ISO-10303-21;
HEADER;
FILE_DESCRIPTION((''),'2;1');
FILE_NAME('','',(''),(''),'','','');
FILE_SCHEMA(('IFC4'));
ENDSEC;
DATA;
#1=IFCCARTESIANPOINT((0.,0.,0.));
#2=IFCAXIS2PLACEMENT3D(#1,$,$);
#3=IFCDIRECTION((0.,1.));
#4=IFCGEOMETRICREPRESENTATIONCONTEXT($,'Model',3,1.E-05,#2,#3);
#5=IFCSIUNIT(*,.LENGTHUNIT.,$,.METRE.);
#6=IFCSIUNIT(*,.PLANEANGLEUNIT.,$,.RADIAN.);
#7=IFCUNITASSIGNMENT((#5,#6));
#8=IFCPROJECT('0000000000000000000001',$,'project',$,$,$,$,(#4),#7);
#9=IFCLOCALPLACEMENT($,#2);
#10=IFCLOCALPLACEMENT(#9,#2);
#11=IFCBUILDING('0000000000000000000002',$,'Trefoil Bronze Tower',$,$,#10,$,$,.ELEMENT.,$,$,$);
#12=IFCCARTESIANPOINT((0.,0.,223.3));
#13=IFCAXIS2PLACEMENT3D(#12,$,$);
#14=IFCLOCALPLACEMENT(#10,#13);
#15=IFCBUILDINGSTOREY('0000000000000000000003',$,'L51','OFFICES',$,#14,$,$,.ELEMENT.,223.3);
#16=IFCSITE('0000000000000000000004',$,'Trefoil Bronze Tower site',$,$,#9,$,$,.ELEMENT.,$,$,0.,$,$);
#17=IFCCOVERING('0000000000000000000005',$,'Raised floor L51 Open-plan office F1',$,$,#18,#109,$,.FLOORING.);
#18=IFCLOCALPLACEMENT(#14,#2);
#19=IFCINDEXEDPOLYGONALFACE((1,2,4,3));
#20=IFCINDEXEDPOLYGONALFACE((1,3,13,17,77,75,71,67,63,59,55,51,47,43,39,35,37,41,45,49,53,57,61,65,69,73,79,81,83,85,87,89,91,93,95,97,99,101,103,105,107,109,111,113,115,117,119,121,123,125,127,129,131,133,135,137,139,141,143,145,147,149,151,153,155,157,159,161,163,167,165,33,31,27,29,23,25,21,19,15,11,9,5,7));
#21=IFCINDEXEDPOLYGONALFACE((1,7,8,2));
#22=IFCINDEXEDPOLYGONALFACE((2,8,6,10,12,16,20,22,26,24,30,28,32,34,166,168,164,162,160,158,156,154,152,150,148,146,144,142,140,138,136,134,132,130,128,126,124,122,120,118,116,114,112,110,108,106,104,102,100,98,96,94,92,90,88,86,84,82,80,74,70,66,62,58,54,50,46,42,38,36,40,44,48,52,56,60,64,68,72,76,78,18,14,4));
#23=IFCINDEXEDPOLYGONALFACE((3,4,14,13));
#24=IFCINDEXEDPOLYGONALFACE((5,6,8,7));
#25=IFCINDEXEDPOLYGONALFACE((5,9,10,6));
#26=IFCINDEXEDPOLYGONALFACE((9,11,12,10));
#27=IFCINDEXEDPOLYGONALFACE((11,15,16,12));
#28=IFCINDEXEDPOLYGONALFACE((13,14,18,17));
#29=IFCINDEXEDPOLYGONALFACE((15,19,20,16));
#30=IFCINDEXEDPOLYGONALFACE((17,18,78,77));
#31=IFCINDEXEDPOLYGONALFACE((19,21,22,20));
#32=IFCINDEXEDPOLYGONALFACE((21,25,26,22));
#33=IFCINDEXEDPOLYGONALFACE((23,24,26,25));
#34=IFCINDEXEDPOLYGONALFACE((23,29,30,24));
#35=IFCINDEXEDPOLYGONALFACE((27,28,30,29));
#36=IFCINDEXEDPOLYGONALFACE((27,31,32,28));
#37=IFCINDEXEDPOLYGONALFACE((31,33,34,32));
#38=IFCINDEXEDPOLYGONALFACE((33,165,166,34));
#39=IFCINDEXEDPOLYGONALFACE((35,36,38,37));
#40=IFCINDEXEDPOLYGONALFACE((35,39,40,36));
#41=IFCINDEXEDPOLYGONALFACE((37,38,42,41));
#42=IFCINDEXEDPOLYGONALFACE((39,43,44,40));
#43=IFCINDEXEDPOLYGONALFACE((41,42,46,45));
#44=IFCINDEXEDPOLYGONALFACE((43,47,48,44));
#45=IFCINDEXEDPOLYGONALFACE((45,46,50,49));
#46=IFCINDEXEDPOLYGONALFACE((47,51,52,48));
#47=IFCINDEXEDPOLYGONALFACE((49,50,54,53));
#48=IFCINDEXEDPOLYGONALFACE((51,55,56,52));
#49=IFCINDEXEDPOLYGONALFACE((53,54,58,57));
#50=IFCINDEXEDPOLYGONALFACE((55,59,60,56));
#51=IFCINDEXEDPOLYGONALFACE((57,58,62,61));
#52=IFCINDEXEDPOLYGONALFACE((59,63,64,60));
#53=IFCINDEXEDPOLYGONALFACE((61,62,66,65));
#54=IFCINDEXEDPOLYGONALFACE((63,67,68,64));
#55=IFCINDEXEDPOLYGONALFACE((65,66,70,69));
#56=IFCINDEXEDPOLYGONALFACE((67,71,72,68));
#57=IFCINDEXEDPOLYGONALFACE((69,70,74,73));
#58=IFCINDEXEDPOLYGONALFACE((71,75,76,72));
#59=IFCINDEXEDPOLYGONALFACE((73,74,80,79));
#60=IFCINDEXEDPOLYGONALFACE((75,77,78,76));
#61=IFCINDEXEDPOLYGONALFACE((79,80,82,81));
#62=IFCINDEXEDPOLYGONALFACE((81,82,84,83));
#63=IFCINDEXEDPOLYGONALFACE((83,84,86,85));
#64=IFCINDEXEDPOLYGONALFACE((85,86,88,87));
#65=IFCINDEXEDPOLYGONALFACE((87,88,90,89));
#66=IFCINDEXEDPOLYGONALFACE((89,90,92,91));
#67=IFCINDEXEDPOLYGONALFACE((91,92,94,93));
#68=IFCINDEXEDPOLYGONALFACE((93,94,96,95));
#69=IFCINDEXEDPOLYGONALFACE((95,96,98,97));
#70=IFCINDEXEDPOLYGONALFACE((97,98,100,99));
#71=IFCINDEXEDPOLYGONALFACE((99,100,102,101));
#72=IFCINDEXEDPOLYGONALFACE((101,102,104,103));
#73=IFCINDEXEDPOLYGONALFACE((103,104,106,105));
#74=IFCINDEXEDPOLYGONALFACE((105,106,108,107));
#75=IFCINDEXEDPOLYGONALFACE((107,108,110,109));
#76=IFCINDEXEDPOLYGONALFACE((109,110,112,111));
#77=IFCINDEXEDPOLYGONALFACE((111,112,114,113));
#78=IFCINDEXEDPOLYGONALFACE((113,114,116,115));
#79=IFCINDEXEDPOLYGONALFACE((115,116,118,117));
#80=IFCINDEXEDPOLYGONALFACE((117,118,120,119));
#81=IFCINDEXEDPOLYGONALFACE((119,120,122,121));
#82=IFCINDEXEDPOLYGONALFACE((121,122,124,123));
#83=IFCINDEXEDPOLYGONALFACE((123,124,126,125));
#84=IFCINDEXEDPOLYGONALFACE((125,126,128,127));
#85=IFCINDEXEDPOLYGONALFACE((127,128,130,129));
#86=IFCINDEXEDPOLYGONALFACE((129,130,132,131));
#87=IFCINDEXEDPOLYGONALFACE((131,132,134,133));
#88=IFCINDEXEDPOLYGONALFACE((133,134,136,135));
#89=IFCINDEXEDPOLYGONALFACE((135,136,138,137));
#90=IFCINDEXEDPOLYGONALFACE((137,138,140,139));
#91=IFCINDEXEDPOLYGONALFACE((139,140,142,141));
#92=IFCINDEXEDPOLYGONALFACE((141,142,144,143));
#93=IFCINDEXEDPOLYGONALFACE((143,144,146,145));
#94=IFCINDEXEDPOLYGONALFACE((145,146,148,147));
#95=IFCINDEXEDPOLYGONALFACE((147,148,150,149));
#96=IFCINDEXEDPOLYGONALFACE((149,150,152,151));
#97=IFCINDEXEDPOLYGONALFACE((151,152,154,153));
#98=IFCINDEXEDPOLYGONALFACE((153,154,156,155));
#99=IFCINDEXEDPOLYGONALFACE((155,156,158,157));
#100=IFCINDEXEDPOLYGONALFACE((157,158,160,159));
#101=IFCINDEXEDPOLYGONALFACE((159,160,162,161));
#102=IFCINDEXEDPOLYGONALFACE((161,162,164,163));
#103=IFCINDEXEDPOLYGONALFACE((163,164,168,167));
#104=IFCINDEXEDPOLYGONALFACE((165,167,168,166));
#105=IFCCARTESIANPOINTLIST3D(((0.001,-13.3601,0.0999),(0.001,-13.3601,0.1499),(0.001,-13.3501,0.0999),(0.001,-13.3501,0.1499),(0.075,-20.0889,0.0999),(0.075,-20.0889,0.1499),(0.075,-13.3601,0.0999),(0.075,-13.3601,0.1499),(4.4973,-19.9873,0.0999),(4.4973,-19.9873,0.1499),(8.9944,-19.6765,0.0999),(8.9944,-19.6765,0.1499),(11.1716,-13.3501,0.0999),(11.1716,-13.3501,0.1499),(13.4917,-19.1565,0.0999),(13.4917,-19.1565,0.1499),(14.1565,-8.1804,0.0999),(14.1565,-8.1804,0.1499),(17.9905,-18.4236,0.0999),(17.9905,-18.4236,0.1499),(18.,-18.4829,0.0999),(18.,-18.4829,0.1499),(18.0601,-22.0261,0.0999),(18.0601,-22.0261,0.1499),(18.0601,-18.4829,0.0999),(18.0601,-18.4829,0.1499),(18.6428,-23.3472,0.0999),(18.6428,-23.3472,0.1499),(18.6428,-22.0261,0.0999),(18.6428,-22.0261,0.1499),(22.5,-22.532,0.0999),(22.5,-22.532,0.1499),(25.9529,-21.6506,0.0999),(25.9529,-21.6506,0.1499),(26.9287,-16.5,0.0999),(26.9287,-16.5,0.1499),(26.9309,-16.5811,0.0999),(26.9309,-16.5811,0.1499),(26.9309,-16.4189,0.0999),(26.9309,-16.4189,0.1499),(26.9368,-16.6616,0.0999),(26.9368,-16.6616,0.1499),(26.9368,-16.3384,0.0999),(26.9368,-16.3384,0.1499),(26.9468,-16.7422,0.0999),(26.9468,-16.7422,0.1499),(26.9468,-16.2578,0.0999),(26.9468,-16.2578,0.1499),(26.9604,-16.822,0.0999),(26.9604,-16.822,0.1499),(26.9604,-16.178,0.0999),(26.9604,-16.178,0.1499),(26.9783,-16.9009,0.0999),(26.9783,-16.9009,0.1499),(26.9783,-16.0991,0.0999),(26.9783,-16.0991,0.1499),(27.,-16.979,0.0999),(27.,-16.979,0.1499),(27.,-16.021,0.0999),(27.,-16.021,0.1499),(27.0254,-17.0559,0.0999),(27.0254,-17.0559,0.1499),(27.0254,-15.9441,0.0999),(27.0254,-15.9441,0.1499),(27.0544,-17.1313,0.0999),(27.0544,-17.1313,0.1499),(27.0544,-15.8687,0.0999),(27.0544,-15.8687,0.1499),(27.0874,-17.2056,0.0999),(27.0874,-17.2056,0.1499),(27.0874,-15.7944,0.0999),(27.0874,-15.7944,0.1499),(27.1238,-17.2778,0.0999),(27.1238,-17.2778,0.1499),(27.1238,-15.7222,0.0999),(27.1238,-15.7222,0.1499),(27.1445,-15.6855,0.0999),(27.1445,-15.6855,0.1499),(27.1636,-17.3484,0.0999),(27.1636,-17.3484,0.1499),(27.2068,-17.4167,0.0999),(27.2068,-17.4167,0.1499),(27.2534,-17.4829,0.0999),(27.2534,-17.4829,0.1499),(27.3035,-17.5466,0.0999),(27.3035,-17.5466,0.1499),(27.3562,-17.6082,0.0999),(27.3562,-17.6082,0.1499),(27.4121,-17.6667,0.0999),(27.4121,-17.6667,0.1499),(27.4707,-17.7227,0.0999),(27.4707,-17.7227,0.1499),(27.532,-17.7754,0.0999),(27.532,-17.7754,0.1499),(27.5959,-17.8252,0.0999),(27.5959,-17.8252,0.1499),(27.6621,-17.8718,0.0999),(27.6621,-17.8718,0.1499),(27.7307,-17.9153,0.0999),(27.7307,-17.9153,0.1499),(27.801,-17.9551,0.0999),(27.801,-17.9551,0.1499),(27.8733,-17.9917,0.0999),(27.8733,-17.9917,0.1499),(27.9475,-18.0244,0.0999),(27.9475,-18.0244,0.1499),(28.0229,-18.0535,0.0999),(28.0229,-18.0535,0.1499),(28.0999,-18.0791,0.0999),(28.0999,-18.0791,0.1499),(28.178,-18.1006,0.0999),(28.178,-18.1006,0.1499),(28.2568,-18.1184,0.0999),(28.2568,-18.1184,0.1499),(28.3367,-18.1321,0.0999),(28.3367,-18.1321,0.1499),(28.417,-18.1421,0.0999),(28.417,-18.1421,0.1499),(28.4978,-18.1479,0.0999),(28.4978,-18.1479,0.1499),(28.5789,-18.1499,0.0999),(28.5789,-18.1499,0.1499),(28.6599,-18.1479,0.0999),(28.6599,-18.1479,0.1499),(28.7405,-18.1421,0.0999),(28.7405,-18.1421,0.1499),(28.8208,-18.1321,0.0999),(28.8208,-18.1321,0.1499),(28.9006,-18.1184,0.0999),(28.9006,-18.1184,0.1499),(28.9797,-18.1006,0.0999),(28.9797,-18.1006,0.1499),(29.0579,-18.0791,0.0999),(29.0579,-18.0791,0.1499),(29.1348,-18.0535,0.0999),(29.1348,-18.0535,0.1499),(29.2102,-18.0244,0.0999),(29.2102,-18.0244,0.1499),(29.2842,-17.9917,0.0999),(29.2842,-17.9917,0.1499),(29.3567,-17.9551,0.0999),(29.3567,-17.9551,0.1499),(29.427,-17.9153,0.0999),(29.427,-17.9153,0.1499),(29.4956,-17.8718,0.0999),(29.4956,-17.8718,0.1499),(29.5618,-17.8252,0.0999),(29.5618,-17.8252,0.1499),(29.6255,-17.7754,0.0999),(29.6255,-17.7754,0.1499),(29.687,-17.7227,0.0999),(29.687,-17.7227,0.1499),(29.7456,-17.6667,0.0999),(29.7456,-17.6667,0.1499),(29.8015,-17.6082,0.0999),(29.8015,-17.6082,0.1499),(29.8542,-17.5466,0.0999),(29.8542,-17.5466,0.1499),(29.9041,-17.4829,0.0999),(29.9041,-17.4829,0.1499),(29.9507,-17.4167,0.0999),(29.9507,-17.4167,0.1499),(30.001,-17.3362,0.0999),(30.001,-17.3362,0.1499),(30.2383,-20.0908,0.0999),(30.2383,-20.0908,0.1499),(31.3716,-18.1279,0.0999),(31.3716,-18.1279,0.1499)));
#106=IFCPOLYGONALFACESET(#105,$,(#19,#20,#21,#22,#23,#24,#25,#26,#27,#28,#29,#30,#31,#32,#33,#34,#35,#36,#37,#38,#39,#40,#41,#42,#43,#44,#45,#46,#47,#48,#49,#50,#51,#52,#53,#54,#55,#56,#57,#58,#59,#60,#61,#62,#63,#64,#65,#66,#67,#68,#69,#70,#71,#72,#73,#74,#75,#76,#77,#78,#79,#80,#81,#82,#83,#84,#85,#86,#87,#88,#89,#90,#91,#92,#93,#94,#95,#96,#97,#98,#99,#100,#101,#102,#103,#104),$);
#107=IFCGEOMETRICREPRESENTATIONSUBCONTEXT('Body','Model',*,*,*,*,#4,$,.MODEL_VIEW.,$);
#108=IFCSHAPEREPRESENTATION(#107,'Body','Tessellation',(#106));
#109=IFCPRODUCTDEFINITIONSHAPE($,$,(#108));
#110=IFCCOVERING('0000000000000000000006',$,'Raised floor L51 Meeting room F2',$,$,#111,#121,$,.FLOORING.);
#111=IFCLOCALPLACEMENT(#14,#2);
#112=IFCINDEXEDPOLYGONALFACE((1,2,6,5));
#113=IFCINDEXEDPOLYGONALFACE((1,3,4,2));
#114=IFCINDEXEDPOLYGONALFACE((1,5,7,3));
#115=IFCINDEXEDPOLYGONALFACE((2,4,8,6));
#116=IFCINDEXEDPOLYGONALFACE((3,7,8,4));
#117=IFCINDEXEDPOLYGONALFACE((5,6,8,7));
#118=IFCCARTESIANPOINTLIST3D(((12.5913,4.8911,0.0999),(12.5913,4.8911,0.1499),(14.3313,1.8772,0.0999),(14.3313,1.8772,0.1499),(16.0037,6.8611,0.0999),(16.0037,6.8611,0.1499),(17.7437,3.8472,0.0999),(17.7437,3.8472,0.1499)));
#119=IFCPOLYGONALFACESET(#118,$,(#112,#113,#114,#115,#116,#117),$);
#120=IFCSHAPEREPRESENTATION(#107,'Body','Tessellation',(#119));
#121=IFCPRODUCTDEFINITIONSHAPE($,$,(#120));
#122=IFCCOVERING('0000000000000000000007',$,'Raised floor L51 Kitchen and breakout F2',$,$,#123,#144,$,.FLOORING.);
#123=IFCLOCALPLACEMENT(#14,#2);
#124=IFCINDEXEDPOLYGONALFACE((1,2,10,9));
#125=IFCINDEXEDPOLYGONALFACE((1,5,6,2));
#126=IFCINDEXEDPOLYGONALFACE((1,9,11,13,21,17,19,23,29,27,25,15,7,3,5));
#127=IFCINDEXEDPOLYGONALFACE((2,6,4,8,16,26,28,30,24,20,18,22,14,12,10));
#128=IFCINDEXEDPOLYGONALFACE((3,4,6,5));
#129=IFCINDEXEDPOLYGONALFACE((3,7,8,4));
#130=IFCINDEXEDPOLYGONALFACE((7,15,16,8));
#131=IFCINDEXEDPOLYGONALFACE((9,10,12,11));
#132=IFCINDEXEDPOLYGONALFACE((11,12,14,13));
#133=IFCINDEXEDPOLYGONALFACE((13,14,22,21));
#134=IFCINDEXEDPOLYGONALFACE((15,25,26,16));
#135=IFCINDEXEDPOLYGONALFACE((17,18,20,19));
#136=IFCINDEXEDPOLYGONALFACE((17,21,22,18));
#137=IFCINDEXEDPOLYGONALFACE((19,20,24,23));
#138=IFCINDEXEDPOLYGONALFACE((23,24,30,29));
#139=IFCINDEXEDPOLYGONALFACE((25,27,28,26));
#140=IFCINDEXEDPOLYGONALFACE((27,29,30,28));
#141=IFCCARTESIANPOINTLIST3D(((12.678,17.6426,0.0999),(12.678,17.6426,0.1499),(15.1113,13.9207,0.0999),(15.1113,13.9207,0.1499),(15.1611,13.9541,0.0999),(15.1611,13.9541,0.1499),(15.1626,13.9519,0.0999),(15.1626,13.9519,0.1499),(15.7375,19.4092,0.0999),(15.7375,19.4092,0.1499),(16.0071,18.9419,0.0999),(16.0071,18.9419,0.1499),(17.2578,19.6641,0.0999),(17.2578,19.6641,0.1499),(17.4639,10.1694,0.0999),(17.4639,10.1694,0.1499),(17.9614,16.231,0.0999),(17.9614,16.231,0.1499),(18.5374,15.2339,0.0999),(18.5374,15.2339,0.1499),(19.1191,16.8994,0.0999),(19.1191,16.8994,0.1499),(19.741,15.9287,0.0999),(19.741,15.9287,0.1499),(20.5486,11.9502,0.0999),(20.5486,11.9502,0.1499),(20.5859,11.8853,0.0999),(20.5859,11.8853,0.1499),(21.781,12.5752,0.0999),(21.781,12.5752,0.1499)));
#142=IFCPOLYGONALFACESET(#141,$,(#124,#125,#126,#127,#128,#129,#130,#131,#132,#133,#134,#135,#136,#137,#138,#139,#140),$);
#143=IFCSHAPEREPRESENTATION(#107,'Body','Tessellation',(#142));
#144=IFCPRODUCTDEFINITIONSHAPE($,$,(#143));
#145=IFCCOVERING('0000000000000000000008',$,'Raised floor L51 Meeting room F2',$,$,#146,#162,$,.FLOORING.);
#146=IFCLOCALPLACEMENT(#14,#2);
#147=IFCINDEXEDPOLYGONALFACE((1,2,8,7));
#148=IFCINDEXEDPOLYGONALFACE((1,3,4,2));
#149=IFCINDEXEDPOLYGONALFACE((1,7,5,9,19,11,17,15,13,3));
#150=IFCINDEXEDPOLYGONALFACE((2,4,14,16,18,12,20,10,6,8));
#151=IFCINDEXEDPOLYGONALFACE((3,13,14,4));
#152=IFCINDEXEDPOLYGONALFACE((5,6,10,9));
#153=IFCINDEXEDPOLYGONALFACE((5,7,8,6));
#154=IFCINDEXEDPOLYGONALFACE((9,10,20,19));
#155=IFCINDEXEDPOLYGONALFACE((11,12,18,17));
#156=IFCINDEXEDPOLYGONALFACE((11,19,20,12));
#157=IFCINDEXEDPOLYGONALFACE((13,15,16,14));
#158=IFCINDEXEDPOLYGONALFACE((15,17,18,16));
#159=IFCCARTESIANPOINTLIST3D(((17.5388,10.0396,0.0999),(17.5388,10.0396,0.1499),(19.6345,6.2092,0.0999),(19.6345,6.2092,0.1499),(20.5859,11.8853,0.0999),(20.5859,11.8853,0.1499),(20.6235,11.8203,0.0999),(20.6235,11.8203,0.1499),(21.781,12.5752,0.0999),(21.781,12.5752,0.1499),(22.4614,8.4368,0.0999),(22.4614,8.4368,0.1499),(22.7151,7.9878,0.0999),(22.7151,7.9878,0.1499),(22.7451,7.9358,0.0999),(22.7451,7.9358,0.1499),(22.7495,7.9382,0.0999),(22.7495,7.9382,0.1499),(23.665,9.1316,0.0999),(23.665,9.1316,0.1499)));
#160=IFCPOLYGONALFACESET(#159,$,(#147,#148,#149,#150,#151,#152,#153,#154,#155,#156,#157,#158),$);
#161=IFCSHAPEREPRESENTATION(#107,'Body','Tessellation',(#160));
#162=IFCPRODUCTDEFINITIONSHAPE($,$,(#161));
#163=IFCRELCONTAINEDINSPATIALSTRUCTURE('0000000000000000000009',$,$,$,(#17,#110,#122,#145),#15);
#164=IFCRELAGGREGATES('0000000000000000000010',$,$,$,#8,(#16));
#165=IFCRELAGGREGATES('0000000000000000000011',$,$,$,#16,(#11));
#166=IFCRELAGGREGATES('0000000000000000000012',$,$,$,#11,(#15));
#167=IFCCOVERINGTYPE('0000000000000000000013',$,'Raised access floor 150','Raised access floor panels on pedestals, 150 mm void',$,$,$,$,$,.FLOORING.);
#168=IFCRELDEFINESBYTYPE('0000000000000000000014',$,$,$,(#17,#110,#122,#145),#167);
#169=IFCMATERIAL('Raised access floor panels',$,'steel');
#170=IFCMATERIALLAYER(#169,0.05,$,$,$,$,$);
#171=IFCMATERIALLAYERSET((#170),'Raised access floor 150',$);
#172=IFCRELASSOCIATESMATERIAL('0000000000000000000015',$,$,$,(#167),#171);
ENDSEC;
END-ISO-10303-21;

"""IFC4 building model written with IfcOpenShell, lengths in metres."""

from ifc_helpers import new_model, si_unit, direction, frame, origin, place, context, subcontext, project, spatial, polyline, outline, extrude, material, layer, layer_set, type_object, element, save


model = new_model("IFC4")

# Units and contexts
model_context = context("Model", 3, precision=1e-05, world=origin(), true_north=direction((0.0, 1.0)))
body_context = subcontext(model_context, "Body", "Model", "MODEL_VIEW")
ifc_project = project(units=[si_unit("LENGTHUNIT", "METRE"), si_unit("PLANEANGLEUNIT", "RADIAN")], contexts=[model_context])

# Site, building, storey
site_placement = place(None, origin())
site = spatial("IfcSite", under=ifc_project, at=site_placement, Name="Trefoil Bronze Tower site", CompositionType="ELEMENT", RefElevation=0.0)
building_placement = place(site_placement, origin())
building = spatial("IfcBuilding", under=site, at=building_placement, Name="Trefoil Bronze Tower", CompositionType="ELEMENT")
storey_placement = place(building_placement, frame((0.0, 0.0, 223.3)))
storey = spatial("IfcBuildingStorey", under=building, at=storey_placement, Name="L51", Description="OFFICES", CompositionType="ELEMENT", Elevation=223.3)

# Coverings
ifc_material_1 = material(Name="Raised access floor panels", Category="steel")
ifc_layer_1 = layer(ifc_material_1, 0.05)
ifc_layer_set_1 = layer_set([ifc_layer_1], Name="Raised access floor 150")
covering_type_1 = type_object("IfcCoveringType", Name="Raised access floor 150", Description="Raised access floor panels on pedestals, 150 mm void", PredefinedType="FLOORING", material=ifc_layer_set_1)
covering_1_placement = place(storey_placement, frame((0.0, 0.0, 0.0999)))
element("IfcCovering", 1, at=covering_1_placement, inside=storey, type_object=covering_type_1, Name="Raised floor L51 Open-plan office F1", PredefinedType="FLOORING", context=body_context, shape_type="SweptSolid", body=[
    extrude(outline(polyline([(18.0601, -18.4829), (18.0, -18.4829), (17.9905, -18.4236), (13.4917, -19.1565), (8.9944, -19.6765), (4.4973, -19.9873), (0.075, -20.0889), (0.075, -13.3601), (0.001, -13.3601), (0.001, -13.3501), (11.1716, -13.3501), (14.1565, -8.1804), (27.1445, -15.6855), (27.1238, -15.7222), (27.0874, -15.7944), (27.0544, -15.8687), (27.0254, -15.9441), (27.0, -16.021), (26.9783, -16.0991), (26.9604, -16.178), (26.9468, -16.2578), (26.9368, -16.3384), (26.9309, -16.4189), (26.9287, -16.5), (26.9309, -16.5811), (26.9368, -16.6616), (26.9468, -16.7422), (26.9604, -16.822), (26.9783, -16.9009), (27.0, -16.979), (27.0254, -17.0559), (27.0544, -17.1313), (27.0874, -17.2056), (27.1238, -17.2778), (27.1636, -17.3484), (27.2068, -17.4167), (27.2534, -17.4829), (27.3035, -17.5466), (27.3562, -17.6082), (27.4121, -17.6667), (27.4707, -17.7227), (27.532, -17.7754), (27.5959, -17.8252), (27.6621, -17.8718), (27.7307, -17.9153), (27.801, -17.9551), (27.8733, -17.9917), (27.9475, -18.0244), (28.0229, -18.0535), (28.0999, -18.0791), (28.178, -18.1006), (28.2568, -18.1184), (28.3367, -18.1321), (28.417, -18.1421), (28.4978, -18.1479), (28.5789, -18.1499), (28.6599, -18.1479), (28.7405, -18.1421), (28.8208, -18.1321), (28.9006, -18.1184), (28.9797, -18.1006), (29.0579, -18.0791), (29.1348, -18.0535), (29.2102, -18.0244), (29.2842, -17.9917), (29.3567, -17.9551), (29.427, -17.9153), (29.4956, -17.8718), (29.5618, -17.8252), (29.6255, -17.7754), (29.687, -17.7227), (29.7456, -17.6667), (29.8015, -17.6082), (29.8542, -17.5466), (29.9041, -17.4829), (29.9507, -17.4167), (30.001, -17.3362), (31.3716, -18.1279), (30.2383, -20.0908), (25.9529, -21.6506), (22.5, -22.532), (18.6428, -23.3472), (18.6428, -22.0261), (18.0601, -22.0261), (18.0601, -18.4829)])), origin(), (0.0, 0.0, 1.0), 0.05),
])
covering_2_placement = place(storey_placement, frame((0.0, 0.0, 0.0999)))
element("IfcCovering", 2, at=covering_2_placement, inside=storey, type_object=covering_type_1, Name="Raised floor L51 Meeting room F2", PredefinedType="FLOORING", context=body_context, shape_type="SweptSolid", body=[
    extrude(outline(polyline([(12.5913, 4.8911), (16.0037, 6.8611), (17.7437, 3.8472), (14.3313, 1.8772), (12.5913, 4.8911)])), origin(), (0.0, 0.0, 1.0), 0.05),
])
covering_3_placement = place(storey_placement, frame((0.0, 0.0, 0.0999)))
element("IfcCovering", 3, at=covering_3_placement, inside=storey, type_object=covering_type_1, Name="Raised floor L51 Kitchen and breakout F2", PredefinedType="FLOORING", context=body_context, shape_type="SweptSolid", body=[
    extrude(outline(polyline([(19.1191, 16.8994), (17.9614, 16.231), (18.5374, 15.2339), (19.741, 15.9287), (21.781, 12.5752), (20.5859, 11.8853), (20.5486, 11.9502), (17.4639, 10.1694), (15.1626, 13.9519), (15.1113, 13.9207), (15.1611, 13.9541), (12.678, 17.6426), (15.7375, 19.4092), (16.0071, 18.9419), (17.2578, 19.6641), (19.1191, 16.8994)])), origin(), (0.0, 0.0, 1.0), 0.05),
])
covering_4_placement = place(storey_placement, frame((0.0, 0.0, 0.0999)))
element("IfcCovering", 4, at=covering_4_placement, inside=storey, type_object=covering_type_1, Name="Raised floor L51 Meeting room F2", PredefinedType="FLOORING", context=body_context, shape_type="SweptSolid", body=[
    extrude(outline(polyline([(22.7451, 7.9358), (22.7151, 7.9878), (19.6345, 6.2092), (17.5388, 10.0396), (20.6235, 11.8203), (20.5859, 11.8853), (21.781, 12.5752), (23.665, 9.1316), (22.4614, 8.4368), (22.7495, 7.9382), (22.7451, 7.9358)])), origin(), (0.0, 0.0, 1.0), 0.05),
])

save(model, "model.ifc")
